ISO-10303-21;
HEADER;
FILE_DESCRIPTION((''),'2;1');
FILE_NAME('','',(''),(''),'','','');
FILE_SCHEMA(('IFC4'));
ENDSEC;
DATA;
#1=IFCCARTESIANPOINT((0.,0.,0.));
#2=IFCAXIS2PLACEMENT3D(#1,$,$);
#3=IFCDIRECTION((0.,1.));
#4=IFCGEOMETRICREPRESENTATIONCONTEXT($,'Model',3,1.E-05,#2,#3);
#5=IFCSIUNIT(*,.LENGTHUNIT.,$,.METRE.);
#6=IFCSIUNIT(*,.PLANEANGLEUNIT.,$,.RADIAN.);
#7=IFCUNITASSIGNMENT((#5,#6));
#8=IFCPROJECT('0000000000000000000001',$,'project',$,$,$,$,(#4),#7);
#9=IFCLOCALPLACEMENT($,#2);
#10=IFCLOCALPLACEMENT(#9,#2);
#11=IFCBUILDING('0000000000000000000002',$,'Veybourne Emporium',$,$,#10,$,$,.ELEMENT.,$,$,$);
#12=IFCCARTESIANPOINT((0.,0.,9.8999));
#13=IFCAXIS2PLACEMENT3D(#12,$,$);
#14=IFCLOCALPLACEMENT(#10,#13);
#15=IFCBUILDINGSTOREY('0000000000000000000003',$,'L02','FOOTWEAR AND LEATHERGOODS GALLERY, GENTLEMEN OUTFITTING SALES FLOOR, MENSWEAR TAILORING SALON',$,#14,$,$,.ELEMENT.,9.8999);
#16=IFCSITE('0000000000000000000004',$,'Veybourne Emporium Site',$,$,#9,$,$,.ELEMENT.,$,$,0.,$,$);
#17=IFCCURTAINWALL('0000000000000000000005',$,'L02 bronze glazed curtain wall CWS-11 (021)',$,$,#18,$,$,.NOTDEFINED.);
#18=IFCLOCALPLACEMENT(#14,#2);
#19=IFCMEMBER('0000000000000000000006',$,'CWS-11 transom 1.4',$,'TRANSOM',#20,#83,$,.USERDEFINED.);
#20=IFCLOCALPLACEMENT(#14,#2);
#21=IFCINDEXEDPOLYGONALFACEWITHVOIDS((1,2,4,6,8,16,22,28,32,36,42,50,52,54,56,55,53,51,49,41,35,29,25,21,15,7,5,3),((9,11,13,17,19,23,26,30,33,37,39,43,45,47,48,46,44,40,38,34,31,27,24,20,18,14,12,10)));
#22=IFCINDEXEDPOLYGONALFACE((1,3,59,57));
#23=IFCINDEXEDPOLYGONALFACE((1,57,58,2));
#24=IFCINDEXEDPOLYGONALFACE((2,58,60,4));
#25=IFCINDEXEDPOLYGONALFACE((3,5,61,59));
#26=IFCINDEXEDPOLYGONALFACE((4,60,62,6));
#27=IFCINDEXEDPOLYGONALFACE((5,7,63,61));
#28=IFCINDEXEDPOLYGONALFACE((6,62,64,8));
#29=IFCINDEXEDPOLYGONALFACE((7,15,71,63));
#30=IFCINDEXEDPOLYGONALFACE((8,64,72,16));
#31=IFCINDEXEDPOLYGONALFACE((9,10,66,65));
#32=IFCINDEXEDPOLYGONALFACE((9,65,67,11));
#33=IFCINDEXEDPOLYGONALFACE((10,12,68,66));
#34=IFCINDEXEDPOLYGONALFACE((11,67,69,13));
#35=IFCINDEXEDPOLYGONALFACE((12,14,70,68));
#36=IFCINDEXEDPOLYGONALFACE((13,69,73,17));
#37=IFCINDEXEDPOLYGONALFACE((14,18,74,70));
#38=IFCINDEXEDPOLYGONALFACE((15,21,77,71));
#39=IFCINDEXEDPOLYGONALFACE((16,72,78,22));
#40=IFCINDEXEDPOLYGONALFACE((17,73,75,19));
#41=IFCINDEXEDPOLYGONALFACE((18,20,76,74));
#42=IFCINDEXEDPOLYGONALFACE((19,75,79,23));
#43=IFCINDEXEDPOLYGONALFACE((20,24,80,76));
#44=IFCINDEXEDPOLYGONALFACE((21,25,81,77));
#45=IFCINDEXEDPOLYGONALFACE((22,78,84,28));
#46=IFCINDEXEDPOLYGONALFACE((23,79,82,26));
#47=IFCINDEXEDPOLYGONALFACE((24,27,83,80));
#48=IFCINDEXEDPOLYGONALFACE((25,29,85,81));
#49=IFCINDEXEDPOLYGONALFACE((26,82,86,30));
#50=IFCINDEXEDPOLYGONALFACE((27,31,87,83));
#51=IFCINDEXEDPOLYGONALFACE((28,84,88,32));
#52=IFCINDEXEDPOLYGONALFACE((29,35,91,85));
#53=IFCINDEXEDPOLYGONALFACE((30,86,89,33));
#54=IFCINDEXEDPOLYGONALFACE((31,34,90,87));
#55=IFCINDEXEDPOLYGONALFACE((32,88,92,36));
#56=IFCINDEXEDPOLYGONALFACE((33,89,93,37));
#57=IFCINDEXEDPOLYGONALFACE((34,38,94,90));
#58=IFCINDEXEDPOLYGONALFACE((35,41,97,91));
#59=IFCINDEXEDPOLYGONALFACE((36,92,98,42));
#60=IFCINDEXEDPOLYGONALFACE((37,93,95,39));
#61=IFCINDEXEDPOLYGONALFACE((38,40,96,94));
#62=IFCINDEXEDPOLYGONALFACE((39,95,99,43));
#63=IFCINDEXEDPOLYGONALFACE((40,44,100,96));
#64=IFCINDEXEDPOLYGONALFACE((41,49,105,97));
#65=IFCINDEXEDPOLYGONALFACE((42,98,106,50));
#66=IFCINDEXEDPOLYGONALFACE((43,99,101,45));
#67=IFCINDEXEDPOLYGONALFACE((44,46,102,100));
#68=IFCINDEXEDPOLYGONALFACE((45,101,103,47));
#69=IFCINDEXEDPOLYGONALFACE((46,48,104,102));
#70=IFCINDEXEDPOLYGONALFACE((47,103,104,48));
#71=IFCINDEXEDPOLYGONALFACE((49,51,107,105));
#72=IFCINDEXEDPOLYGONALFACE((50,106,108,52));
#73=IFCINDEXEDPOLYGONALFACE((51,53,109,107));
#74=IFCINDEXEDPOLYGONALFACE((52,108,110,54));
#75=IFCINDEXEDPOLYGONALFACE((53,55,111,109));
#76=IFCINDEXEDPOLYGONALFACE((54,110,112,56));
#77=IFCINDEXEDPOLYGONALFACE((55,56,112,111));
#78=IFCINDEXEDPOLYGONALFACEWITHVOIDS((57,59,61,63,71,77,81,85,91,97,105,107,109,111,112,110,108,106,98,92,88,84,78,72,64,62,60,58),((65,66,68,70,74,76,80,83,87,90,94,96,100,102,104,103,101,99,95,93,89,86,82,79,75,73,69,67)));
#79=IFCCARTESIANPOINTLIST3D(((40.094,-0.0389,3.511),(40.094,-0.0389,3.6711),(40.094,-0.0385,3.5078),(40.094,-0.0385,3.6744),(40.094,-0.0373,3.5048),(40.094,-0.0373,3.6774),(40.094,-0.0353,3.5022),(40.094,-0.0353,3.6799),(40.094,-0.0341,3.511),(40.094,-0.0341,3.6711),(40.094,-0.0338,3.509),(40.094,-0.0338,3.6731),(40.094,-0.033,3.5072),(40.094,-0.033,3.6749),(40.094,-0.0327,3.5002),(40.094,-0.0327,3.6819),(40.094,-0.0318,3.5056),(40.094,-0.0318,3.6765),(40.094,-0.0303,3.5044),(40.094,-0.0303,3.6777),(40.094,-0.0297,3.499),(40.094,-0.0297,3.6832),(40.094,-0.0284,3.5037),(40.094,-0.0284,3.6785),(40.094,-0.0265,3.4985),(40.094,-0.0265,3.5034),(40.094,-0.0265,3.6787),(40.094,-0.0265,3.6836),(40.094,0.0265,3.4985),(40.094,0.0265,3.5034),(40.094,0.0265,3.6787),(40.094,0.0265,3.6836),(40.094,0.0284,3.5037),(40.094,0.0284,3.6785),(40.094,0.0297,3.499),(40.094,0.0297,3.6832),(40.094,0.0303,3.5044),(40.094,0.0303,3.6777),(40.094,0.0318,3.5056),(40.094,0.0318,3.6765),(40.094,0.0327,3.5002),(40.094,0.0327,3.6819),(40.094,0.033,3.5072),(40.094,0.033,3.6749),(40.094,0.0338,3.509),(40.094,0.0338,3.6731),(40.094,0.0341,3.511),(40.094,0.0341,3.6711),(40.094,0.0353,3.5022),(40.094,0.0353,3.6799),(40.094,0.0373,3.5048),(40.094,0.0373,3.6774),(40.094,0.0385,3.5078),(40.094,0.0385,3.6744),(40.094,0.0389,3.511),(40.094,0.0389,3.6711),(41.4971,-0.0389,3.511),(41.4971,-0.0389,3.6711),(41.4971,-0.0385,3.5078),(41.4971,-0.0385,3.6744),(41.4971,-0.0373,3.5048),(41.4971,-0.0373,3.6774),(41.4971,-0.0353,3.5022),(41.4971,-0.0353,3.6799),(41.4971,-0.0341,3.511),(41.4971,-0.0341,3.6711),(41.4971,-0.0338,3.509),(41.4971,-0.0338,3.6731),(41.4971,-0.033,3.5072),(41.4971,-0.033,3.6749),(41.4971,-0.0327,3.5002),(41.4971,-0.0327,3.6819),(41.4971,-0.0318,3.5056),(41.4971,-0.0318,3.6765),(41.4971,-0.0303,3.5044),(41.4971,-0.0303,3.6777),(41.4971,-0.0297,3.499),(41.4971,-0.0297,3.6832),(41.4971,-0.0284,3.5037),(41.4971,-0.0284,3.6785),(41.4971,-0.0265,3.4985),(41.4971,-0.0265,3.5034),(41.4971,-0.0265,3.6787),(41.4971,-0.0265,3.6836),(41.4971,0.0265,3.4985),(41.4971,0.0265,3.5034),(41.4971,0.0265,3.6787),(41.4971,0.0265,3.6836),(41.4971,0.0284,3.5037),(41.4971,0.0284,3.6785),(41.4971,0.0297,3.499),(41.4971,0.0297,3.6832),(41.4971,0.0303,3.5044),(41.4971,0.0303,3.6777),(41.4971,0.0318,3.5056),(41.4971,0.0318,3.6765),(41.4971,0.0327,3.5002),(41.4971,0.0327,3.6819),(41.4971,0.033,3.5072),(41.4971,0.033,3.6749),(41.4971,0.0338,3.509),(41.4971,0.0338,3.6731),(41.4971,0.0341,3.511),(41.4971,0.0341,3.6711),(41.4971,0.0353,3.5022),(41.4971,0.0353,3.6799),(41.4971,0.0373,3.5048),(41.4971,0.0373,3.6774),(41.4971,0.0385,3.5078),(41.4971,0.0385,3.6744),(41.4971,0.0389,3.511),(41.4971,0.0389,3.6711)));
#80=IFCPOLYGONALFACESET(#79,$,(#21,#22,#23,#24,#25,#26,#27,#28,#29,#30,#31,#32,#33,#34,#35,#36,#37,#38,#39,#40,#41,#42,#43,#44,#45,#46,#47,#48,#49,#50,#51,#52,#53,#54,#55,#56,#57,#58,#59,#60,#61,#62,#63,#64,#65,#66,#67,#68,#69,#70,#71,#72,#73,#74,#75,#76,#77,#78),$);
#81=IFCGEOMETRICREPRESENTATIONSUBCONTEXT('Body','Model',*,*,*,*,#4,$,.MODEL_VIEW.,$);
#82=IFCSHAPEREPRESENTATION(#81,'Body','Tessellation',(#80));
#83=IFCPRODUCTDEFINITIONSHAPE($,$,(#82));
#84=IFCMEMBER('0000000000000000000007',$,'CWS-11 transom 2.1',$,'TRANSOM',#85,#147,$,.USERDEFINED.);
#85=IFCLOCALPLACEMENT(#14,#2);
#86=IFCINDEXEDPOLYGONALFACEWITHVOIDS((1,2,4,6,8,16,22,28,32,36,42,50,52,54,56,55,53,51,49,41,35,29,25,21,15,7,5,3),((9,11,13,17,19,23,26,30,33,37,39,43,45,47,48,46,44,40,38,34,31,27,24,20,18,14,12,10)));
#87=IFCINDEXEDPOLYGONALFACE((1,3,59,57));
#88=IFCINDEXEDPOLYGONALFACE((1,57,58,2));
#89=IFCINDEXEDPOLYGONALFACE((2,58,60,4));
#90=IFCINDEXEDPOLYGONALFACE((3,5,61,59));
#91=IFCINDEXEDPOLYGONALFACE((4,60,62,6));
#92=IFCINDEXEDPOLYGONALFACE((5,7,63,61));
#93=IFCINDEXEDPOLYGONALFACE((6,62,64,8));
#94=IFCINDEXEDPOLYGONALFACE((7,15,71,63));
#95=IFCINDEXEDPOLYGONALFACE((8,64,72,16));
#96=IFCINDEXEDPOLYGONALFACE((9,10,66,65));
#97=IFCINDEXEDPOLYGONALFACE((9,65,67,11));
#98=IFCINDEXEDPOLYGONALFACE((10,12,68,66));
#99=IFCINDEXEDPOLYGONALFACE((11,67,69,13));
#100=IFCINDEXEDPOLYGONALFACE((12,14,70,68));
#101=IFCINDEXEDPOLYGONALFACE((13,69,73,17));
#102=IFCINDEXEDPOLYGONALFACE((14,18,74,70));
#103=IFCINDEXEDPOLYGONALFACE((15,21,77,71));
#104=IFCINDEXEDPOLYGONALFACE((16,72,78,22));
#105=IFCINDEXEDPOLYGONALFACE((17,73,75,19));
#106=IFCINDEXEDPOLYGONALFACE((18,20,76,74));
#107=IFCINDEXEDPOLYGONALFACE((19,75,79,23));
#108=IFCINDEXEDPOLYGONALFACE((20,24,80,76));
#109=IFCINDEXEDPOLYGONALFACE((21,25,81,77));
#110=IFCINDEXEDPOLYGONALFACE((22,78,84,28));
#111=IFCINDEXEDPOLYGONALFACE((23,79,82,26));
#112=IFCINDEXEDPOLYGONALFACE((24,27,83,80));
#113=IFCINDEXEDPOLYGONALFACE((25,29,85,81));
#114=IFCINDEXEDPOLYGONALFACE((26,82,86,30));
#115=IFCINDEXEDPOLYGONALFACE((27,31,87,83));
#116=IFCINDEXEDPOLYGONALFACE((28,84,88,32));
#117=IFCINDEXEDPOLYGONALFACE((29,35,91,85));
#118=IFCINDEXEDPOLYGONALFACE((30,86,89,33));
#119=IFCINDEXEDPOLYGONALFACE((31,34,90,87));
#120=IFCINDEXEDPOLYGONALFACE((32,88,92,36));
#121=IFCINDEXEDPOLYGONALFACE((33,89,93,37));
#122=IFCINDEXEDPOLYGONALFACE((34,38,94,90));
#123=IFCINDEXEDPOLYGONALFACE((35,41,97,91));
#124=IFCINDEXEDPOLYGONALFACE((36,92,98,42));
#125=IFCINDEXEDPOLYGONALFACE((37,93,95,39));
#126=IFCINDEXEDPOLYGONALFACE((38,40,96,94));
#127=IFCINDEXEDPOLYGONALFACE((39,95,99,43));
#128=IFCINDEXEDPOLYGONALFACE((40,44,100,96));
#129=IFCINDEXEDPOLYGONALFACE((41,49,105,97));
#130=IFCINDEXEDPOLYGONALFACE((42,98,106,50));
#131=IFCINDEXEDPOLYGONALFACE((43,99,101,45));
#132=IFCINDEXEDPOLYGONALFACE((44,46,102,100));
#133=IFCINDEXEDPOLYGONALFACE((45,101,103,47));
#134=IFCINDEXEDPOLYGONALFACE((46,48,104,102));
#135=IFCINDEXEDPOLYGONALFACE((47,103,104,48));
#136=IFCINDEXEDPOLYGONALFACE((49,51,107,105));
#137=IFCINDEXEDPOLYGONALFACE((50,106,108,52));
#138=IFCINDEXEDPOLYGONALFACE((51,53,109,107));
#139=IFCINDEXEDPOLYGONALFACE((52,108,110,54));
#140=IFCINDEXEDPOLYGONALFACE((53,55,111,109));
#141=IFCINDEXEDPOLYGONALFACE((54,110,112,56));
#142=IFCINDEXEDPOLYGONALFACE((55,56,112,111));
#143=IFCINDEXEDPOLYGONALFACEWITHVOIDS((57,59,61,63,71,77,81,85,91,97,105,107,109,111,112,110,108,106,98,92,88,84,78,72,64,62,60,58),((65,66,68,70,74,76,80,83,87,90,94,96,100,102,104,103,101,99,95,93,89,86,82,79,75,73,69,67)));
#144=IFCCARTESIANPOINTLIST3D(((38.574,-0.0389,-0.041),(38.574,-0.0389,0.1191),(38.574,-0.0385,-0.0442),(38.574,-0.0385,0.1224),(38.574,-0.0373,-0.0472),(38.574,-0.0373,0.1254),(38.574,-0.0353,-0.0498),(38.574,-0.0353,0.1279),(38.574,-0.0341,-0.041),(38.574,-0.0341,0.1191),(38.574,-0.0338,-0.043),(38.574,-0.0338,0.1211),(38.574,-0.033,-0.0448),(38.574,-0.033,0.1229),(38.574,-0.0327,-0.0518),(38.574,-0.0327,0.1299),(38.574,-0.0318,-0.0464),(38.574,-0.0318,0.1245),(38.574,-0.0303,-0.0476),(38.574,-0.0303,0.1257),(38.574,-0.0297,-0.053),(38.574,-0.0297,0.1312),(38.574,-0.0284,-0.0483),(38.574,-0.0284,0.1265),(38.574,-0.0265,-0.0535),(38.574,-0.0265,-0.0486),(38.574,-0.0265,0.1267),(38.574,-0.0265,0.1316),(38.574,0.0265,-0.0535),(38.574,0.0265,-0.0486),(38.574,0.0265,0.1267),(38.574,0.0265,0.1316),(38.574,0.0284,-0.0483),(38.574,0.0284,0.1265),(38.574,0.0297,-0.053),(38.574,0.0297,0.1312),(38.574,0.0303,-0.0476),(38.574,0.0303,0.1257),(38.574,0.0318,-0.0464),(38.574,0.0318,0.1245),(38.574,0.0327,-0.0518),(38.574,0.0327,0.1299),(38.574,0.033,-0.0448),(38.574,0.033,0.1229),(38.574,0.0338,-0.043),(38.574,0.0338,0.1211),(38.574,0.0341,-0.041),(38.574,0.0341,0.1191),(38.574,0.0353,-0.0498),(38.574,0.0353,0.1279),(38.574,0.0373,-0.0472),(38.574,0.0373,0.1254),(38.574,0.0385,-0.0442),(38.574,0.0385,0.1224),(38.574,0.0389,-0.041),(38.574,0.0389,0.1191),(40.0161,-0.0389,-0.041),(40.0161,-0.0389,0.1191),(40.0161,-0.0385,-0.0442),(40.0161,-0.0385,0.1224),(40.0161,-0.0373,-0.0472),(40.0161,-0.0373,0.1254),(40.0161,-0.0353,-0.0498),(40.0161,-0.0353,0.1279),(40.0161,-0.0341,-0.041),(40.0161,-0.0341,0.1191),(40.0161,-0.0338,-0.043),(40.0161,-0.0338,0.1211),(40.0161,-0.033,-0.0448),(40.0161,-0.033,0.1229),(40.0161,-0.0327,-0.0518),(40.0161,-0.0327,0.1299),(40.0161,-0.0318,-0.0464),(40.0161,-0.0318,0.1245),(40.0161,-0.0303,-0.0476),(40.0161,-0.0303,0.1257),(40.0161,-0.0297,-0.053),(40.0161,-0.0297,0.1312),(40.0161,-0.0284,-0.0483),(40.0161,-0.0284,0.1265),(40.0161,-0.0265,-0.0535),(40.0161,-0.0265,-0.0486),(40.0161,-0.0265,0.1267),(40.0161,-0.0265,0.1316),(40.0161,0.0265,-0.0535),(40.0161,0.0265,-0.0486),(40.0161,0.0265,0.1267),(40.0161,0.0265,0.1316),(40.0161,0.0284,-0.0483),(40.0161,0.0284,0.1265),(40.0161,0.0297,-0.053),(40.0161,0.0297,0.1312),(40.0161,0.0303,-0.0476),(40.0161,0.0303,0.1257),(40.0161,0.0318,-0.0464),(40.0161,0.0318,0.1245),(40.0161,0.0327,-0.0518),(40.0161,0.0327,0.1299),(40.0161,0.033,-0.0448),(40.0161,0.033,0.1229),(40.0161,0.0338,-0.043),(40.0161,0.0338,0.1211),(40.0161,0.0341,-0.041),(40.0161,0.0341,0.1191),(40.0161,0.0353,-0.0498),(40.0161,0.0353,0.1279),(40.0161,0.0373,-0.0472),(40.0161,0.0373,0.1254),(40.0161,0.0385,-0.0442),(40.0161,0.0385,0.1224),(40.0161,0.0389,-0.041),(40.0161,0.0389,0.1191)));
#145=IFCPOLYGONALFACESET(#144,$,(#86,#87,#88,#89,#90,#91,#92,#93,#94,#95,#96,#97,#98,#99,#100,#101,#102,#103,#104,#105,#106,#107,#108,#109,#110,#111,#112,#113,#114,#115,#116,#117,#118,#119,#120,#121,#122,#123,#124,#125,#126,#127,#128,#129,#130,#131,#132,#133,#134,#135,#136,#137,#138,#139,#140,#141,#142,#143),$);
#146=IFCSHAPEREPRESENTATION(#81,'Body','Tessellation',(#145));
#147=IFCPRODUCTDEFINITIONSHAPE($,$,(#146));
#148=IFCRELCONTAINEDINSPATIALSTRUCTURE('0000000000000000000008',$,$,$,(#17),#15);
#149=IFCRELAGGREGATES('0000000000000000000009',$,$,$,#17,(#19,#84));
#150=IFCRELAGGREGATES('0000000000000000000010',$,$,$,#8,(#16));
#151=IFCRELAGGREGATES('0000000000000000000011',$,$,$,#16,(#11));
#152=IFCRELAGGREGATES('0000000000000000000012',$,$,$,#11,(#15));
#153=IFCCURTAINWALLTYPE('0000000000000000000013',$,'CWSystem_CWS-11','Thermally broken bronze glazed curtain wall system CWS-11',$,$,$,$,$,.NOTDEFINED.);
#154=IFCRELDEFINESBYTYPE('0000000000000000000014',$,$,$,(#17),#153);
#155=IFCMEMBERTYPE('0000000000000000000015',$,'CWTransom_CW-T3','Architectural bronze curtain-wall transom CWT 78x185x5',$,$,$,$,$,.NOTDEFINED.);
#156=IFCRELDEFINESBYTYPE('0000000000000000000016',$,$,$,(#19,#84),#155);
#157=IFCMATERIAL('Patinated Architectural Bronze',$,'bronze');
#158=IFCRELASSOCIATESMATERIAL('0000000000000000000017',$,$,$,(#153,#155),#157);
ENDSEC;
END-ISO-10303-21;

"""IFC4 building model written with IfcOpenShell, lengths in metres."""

from ifc_helpers import new_model, si_unit, direction, frame, origin, origin_2d, place, context, subcontext, project, spatial, hollow_rectangle, extrude, material, material_profile, profile_set, type_object, element, aggregate, save


model = new_model("IFC4")

# Units and contexts
model_context = context("Model", 3, precision=1e-05, world=origin(), true_north=direction((0.0, 1.0)))
body_context = subcontext(model_context, "Body", "Model", "MODEL_VIEW")
ifc_project = project(units=[si_unit("LENGTHUNIT", "METRE"), si_unit("PLANEANGLEUNIT", "RADIAN")], contexts=[model_context])

# Site, building, storey
site_placement = place(None, origin())
site = spatial("IfcSite", under=ifc_project, at=site_placement, Name="Veybourne Emporium Site", CompositionType="ELEMENT", RefElevation=0.0)
building_placement = place(site_placement, origin())
building = spatial("IfcBuilding", under=site, at=building_placement, Name="Veybourne Emporium", CompositionType="ELEMENT")
storey_placement = place(building_placement, frame((0.0, 0.0, 9.8999)))
storey = spatial("IfcBuildingStorey", under=building, at=storey_placement, Name="L02", Description="FOOTWEAR AND LEATHERGOODS GALLERY, GENTLEMEN OUTFITTING SALES FLOOR, MENSWEAR TAILORING SALON", CompositionType="ELEMENT", Elevation=9.8999)

# Shared definitions
ifc_material_1 = material(Name="Patinated Architectural Bronze", Category="bronze")

# Curtain wall
curtain_wall_type_1 = type_object("IfcCurtainWallType", Name="CWSystem_CWS-11", Description="Thermally broken bronze glazed curtain wall system CWS-11", PredefinedType="NOTDEFINED", material=ifc_material_1)
curtain_wall_1_placement = place(storey_placement, origin())
curtain_wall_1 = element("IfcCurtainWall", 1, at=curtain_wall_1_placement, inside=storey, type_object=curtain_wall_type_1, Name="L02 bronze glazed curtain wall CWS-11 (021)", PredefinedType="NOTDEFINED")

# Members
ifc_material_profile_1 = material_profile(ifc_material_1, hollow_rectangle(XDim=0.0779, YDim=0.1851, WallThickness=0.0049, InnerFilletRadius=0.0076, OuterFilletRadius=0.0125, at=origin_2d()), Name="CWT 78x185x5")
ifc_profile_set_1 = profile_set([ifc_material_profile_1], Name="Patinated Architectural Bronze")
member_type_1 = type_object("IfcMemberType", Name="CWTransom_CW-T3", Description="Architectural bronze curtain-wall transom CWT 78x185x5", PredefinedType="NOTDEFINED", material=ifc_profile_set_1)
member_1_placement = place(storey_placement, frame((41.4971, 0.0, 3.5911), z_axis=(-1.0, 0.0, 0.0), x_axis=(0.0, -1.0, 0.0)))
member_1 = element("IfcMember", 2, at=member_1_placement, type_object=member_type_1, Name="CWS-11 transom 1.4", ObjectType="TRANSOM", PredefinedType="USERDEFINED", context=body_context, shape_type="SweptSolid", body=[
    extrude(hollow_rectangle(XDim=0.0779, YDim=0.1851, WallThickness=0.0049, InnerFilletRadius=0.0076, OuterFilletRadius=0.0125, at=origin_2d()), origin(), (0.0, 0.0, 1.0), 1.4031),
])
member_2_placement = place(storey_placement, frame((40.0161, 0.0, 0.0391), z_axis=(-1.0, 0.0, 0.0), x_axis=(0.0, -1.0, 0.0)))
member_2 = element("IfcMember", 3, at=member_2_placement, type_object=member_type_1, Name="CWS-11 transom 2.1", ObjectType="TRANSOM", PredefinedType="USERDEFINED", context=body_context, shape_type="SweptSolid", body=[
    extrude(hollow_rectangle(XDim=0.0779, YDim=0.1851, WallThickness=0.0049, InnerFilletRadius=0.0076, OuterFilletRadius=0.0125, at=origin_2d()), origin(), (0.0, 0.0, 1.0), 1.4421),
])

aggregate(curtain_wall_1, [member_1, member_2])

save(model, "model.ifc")
